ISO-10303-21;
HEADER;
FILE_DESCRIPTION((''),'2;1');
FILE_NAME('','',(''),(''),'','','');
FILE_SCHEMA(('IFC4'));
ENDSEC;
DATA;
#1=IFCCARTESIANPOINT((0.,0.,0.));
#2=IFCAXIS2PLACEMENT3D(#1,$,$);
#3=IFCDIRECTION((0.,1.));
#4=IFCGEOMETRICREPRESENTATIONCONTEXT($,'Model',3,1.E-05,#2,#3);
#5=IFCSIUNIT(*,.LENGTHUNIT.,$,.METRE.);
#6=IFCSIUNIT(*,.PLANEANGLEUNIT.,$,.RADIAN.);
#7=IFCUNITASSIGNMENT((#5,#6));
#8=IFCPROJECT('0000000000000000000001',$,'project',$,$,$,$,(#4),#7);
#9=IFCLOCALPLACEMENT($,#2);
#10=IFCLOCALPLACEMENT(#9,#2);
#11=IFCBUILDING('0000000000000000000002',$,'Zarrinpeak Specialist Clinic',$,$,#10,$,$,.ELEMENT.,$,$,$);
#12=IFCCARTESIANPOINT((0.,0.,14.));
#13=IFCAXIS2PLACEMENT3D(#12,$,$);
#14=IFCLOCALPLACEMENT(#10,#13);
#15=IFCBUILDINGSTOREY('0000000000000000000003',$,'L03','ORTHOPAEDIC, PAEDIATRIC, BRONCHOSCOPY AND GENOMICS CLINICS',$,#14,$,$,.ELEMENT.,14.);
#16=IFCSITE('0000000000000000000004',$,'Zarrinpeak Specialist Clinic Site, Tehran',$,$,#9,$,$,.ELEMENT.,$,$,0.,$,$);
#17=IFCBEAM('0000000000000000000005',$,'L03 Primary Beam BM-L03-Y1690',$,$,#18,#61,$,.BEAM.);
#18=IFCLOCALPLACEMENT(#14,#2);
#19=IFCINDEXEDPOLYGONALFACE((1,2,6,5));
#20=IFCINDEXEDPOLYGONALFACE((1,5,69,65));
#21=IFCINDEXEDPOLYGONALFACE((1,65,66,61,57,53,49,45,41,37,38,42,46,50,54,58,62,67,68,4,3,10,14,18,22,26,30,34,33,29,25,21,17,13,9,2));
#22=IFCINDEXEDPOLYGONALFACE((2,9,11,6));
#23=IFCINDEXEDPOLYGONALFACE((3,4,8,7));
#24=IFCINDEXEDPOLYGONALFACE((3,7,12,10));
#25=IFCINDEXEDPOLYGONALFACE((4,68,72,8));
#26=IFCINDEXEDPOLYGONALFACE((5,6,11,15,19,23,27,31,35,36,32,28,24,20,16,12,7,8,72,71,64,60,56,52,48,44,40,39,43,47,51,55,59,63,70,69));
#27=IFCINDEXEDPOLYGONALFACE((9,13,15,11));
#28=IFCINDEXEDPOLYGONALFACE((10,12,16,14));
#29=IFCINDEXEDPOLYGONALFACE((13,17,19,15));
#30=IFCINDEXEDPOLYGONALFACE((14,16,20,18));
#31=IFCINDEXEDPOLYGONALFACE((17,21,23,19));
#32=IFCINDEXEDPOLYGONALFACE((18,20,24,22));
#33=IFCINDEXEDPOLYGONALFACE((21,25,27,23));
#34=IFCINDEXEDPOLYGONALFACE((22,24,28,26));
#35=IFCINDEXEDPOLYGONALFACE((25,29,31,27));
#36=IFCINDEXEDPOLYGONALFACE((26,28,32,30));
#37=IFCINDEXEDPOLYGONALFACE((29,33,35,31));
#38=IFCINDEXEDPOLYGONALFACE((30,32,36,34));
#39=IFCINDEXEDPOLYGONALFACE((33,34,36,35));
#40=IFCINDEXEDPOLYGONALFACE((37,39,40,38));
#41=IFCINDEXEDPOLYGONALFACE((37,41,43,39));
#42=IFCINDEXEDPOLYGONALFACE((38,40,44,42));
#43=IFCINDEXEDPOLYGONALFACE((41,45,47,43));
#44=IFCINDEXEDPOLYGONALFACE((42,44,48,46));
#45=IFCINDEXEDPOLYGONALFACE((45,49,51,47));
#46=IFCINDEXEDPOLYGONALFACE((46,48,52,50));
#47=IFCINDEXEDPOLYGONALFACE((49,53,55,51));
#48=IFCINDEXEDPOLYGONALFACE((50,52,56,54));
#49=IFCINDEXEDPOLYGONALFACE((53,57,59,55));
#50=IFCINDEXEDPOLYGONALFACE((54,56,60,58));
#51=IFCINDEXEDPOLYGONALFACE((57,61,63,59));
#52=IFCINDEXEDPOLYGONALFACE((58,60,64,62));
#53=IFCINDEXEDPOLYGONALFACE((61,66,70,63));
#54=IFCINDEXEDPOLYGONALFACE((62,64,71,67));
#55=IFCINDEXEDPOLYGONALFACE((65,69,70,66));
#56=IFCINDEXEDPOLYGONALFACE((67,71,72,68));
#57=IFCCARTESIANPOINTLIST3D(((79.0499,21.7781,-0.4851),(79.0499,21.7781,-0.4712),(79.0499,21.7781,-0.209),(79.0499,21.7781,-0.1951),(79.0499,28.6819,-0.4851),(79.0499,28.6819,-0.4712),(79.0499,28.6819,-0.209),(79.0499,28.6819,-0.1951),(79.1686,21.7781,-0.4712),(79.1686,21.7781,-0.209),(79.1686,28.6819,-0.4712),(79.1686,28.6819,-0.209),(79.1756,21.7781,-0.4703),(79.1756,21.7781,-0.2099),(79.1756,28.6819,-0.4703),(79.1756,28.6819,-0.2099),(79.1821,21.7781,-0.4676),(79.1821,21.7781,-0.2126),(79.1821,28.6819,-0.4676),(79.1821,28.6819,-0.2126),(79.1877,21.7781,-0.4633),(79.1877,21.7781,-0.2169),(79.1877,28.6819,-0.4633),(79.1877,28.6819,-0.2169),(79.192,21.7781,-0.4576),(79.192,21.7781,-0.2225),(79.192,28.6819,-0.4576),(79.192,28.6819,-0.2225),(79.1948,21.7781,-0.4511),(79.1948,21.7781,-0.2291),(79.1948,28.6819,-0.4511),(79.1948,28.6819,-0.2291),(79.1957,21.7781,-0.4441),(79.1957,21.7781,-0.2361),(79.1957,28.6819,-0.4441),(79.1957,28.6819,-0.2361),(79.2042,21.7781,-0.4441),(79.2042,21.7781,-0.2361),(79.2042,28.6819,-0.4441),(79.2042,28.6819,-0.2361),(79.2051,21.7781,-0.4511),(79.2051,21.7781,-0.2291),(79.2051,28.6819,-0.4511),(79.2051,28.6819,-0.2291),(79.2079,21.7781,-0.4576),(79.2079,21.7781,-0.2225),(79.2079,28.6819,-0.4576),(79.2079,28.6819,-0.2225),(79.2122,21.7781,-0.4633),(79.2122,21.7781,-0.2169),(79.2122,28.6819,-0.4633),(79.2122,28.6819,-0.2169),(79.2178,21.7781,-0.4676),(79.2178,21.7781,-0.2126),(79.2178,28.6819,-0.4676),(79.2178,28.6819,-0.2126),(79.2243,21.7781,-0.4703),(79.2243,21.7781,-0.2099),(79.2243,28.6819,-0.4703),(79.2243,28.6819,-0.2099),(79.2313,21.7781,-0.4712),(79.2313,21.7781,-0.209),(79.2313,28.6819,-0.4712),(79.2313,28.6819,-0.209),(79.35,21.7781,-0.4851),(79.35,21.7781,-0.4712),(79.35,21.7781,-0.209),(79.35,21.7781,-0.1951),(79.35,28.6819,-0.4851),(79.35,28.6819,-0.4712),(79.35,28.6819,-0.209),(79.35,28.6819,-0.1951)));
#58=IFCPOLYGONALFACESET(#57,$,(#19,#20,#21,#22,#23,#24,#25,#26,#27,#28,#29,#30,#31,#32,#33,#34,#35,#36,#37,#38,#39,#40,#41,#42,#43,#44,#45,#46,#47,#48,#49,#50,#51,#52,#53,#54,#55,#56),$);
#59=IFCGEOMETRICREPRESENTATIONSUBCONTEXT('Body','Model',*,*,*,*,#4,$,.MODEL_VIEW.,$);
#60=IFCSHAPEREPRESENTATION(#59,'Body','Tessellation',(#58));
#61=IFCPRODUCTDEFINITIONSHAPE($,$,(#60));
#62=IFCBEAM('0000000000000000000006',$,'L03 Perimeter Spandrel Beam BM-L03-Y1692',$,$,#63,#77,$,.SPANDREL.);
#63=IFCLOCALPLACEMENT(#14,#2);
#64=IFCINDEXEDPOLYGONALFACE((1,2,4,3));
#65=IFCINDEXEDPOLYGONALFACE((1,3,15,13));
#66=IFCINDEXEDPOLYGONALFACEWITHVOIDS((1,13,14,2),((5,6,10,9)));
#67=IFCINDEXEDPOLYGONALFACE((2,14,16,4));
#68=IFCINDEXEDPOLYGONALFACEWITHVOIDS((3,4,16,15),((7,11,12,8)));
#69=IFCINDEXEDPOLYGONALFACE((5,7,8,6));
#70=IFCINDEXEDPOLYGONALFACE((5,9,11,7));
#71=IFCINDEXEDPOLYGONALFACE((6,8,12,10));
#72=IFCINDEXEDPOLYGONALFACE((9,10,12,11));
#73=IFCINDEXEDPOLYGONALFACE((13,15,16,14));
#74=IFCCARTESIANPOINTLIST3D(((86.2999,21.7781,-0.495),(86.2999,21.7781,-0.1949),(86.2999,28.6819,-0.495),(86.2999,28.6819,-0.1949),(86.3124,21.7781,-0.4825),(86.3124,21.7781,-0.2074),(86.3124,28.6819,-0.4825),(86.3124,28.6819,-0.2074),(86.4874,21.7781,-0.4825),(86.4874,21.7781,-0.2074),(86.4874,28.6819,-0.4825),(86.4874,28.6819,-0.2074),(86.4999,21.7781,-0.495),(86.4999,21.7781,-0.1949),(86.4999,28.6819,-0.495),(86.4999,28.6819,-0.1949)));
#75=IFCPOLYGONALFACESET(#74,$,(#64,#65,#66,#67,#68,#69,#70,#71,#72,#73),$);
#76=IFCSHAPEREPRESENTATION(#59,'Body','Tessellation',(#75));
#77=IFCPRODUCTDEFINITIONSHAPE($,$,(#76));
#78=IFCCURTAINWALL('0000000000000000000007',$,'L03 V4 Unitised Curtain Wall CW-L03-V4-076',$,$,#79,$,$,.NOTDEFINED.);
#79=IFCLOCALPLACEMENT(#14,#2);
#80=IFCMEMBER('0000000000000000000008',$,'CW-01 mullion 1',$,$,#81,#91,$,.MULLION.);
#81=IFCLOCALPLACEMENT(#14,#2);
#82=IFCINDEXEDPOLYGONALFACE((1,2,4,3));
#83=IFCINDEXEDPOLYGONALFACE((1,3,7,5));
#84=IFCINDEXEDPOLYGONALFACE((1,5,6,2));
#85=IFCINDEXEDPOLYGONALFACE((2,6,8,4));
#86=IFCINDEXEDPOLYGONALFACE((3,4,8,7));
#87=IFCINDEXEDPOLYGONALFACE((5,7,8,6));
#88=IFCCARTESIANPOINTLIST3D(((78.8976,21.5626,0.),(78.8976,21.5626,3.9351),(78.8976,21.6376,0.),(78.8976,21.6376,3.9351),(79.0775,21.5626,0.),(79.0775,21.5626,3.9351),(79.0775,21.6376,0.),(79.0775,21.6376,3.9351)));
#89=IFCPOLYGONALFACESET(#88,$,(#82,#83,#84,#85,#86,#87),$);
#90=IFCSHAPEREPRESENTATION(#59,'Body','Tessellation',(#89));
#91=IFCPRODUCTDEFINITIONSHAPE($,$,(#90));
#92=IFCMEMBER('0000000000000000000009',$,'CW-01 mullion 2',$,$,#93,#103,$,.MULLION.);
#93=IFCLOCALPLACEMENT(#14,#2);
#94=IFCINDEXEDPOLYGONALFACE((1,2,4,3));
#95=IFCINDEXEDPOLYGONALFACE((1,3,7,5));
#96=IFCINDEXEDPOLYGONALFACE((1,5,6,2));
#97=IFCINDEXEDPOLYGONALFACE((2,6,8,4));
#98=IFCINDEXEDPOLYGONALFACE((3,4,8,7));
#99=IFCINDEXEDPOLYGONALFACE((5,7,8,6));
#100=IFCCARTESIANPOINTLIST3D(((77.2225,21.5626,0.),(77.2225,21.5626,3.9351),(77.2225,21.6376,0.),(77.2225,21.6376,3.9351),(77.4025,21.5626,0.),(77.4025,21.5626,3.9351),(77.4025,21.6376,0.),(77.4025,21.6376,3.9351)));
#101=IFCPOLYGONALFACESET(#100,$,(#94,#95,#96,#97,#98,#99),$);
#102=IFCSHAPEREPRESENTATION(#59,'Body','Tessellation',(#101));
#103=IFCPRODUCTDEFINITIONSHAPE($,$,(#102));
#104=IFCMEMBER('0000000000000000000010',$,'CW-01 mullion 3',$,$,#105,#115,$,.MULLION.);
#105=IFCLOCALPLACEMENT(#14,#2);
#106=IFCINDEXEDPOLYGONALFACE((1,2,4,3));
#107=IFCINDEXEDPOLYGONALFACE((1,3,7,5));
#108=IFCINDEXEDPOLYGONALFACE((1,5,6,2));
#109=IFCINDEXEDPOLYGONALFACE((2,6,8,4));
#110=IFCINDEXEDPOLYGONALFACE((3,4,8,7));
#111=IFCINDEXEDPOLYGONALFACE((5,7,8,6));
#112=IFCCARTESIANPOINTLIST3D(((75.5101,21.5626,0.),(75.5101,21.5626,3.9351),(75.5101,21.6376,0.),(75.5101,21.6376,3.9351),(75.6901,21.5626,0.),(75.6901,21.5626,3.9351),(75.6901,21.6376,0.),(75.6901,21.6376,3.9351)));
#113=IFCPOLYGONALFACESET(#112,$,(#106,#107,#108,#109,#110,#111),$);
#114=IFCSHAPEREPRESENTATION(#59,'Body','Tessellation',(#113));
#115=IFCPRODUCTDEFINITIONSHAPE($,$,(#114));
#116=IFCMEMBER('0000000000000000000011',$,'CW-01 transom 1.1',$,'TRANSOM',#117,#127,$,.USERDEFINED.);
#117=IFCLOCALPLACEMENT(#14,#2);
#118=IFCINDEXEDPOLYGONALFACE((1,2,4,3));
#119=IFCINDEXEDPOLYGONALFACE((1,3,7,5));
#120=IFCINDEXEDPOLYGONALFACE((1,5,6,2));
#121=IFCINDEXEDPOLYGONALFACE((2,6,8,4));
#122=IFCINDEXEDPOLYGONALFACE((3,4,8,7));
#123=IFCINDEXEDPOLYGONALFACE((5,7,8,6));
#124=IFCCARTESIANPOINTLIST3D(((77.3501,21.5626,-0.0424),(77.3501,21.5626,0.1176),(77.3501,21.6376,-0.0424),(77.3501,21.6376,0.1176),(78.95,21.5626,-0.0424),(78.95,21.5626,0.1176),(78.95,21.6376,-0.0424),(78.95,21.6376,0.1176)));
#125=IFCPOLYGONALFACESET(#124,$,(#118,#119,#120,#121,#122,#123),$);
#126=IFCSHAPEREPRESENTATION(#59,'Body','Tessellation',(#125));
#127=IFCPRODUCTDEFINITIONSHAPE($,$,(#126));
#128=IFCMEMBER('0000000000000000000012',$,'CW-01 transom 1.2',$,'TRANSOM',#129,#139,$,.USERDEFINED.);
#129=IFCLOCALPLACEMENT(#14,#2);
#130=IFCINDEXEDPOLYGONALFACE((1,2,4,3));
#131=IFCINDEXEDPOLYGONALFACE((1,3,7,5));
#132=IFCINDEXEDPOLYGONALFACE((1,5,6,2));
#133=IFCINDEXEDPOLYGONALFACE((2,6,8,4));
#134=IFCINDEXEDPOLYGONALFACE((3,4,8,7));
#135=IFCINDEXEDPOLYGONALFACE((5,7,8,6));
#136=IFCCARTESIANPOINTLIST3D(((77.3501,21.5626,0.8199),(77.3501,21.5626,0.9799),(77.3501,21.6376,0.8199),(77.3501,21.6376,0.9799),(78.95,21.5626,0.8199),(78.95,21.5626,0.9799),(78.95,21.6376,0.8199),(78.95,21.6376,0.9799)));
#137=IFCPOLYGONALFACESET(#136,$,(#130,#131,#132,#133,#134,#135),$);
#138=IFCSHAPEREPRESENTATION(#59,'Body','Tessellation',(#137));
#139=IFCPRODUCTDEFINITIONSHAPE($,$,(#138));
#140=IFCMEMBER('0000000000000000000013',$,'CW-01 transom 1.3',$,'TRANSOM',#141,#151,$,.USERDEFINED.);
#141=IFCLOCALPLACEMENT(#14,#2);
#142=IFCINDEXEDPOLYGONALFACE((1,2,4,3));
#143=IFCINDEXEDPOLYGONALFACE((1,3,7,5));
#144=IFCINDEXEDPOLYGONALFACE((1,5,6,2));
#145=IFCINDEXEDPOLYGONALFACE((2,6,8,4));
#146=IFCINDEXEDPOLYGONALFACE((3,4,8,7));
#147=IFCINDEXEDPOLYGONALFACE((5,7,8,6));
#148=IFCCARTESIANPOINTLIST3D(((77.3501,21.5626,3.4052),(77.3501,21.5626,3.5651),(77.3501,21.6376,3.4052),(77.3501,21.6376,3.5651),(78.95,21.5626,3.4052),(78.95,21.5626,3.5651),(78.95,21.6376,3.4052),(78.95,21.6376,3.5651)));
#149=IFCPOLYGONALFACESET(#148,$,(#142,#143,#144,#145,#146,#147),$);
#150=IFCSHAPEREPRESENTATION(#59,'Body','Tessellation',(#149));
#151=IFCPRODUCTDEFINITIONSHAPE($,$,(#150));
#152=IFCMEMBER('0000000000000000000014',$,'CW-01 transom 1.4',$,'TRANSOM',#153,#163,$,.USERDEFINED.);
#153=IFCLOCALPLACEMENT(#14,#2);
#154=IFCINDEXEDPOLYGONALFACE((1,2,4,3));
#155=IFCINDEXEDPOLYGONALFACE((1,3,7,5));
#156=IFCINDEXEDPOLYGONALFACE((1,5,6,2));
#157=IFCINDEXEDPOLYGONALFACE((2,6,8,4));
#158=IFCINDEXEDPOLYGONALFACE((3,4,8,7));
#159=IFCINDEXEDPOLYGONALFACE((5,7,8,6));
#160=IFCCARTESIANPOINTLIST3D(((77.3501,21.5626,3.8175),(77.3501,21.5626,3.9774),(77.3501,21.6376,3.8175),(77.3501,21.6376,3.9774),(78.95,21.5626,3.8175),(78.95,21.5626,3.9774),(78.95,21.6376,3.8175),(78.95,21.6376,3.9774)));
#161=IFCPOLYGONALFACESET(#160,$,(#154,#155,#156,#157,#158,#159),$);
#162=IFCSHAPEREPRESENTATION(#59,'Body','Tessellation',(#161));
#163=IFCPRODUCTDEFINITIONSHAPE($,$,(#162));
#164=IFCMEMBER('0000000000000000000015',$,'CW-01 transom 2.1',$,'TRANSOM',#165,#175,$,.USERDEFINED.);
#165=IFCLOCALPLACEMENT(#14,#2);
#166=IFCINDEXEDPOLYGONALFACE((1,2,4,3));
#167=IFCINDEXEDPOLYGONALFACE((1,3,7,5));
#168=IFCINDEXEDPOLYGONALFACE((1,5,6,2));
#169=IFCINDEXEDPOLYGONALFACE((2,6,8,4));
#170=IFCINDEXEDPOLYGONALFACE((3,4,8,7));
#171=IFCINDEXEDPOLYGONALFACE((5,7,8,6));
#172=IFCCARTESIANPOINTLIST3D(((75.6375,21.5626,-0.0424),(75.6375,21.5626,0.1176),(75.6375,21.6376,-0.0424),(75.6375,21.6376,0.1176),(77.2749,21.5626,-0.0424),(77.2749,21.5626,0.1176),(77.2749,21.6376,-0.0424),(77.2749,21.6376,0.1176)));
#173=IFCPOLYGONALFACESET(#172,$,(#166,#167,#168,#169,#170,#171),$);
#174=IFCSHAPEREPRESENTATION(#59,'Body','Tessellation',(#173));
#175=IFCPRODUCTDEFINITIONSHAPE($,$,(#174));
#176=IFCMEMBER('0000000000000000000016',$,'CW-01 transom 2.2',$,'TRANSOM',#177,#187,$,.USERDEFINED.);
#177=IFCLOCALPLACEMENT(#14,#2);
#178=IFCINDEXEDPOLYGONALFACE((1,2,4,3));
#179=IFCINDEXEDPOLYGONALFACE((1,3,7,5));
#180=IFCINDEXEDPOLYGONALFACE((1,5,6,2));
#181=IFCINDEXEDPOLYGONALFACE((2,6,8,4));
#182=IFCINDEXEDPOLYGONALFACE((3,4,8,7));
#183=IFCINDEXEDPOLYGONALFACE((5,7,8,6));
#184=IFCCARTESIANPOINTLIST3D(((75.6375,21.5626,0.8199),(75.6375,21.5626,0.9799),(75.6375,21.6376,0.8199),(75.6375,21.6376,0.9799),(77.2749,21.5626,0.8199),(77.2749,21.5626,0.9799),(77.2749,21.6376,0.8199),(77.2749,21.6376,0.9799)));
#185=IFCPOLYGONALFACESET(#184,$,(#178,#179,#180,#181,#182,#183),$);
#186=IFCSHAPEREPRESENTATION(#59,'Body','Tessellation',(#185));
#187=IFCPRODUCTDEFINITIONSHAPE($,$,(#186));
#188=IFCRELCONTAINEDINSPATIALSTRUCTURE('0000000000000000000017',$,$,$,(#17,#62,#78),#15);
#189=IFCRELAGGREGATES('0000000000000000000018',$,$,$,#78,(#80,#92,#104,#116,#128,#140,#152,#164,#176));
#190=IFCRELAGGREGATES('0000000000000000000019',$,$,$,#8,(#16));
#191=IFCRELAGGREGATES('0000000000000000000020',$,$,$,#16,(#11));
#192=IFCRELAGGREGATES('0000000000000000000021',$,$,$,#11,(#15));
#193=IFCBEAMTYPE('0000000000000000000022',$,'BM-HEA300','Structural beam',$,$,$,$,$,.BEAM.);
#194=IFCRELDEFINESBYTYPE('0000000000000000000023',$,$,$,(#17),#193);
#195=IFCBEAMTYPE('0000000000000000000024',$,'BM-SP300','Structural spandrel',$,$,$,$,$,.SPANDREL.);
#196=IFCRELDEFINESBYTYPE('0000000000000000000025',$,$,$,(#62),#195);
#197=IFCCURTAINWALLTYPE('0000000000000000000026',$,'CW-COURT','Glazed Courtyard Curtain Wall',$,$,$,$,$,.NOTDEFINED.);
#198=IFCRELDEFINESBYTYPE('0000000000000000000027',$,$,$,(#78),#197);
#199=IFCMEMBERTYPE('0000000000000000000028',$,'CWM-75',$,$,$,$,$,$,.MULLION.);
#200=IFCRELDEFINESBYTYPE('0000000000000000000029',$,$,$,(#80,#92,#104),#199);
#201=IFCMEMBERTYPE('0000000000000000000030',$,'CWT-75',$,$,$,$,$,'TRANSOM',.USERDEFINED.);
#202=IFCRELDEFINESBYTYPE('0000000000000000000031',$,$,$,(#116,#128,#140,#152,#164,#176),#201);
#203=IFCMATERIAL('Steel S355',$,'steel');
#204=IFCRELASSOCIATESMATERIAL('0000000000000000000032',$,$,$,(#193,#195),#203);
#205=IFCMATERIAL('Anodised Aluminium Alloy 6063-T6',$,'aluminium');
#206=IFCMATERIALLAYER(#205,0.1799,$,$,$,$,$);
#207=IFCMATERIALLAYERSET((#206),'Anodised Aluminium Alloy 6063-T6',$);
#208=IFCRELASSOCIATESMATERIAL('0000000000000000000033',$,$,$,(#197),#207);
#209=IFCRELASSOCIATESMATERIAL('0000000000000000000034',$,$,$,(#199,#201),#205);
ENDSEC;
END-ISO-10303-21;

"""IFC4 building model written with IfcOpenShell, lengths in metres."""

from ifc_helpers import new_model, si_unit, direction, frame, origin, origin_2d, place, context, subcontext, project, spatial, rectangle, hollow_rectangle, i_section, extrude, material, layer, layer_set, material_profile, profile_set, type_object, element, aggregate, save


model = new_model("IFC4")

# Units and contexts
model_context = context("Model", 3, precision=1e-05, world=origin(), true_north=direction((0.0, 1.0)))
body_context = subcontext(model_context, "Body", "Model", "MODEL_VIEW")
ifc_project = project(units=[si_unit("LENGTHUNIT", "METRE"), si_unit("PLANEANGLEUNIT", "RADIAN")], contexts=[model_context])

# Site, building, storey
site_placement = place(None, origin())
site = spatial("IfcSite", under=ifc_project, at=site_placement, Name="Zarrinpeak Specialist Clinic Site, Tehran", CompositionType="ELEMENT", RefElevation=0.0)
building_placement = place(site_placement, origin())
building = spatial("IfcBuilding", under=site, at=building_placement, Name="Zarrinpeak Specialist Clinic", CompositionType="ELEMENT")
storey_placement = place(building_placement, frame((0.0, 0.0, 14.0)))
storey = spatial("IfcBuildingStorey", under=building, at=storey_placement, Name="L03", Description="ORTHOPAEDIC, PAEDIATRIC, BRONCHOSCOPY AND GENOMICS CLINICS", CompositionType="ELEMENT", Elevation=14.0)

# Shared definitions
ifc_material_1 = material(Name="Steel S355", Category="steel")

# Beams
ifc_material_profile_1 = material_profile(ifc_material_1, i_section(OverallWidth=0.3, OverallDepth=0.29, WebThickness=0.0085, FlangeThickness=0.0139, FilletRadius=0.0271, at=origin_2d()), Name="HEA 300")
ifc_profile_set_1 = profile_set([ifc_material_profile_1], Name="Steel S355")
beam_type_1 = type_object("IfcBeamType", Name="BM-HEA300", Description="Structural beam", PredefinedType="BEAM", material=ifc_profile_set_1)
beam_1_placement = place(storey_placement, frame((79.2, 21.7781, -0.3401), z_axis=(0.0, 1.0, 0.0), x_axis=(-1.0, 0.0, 0.0)))
element("IfcBeam", 1, at=beam_1_placement, inside=storey, type_object=beam_type_1, Name="L03 Primary Beam BM-L03-Y1690", PredefinedType="BEAM", context=body_context, shape_type="SweptSolid", body=[
    extrude(i_section(OverallWidth=0.3, OverallDepth=0.29, WebThickness=0.0085, FlangeThickness=0.0139, FilletRadius=0.0271, at=origin_2d()), origin(), (0.0, 0.0, 1.0), 6.9038),
])
ifc_material_profile_2 = material_profile(ifc_material_1, hollow_rectangle(XDim=0.2, YDim=0.3, WallThickness=0.0125, at=origin_2d()), Name="RHS 300x200x12.5")
ifc_profile_set_2 = profile_set([ifc_material_profile_2], Name="Steel S355")
beam_type_2 = type_object("IfcBeamType", Name="BM-SP300", Description="Structural spandrel", PredefinedType="SPANDREL", material=ifc_profile_set_2)
beam_2_placement = place(storey_placement, frame((86.3999, 21.7781, -0.345), z_axis=(0.0, 1.0, 0.0), x_axis=(-1.0, 0.0, 0.0)))
element("IfcBeam", 2, at=beam_2_placement, inside=storey, type_object=beam_type_2, Name="L03 Perimeter Spandrel Beam BM-L03-Y1692", PredefinedType="SPANDREL", context=body_context, shape_type="SweptSolid", body=[
    extrude(hollow_rectangle(XDim=0.2, YDim=0.3, WallThickness=0.0125, at=origin_2d()), origin(), (0.0, 0.0, 1.0), 6.9038),
])

# Curtain wall, members
ifc_material_2 = material(Name="Anodised Aluminium Alloy 6063-T6", Category="aluminium")
ifc_layer_1 = layer(ifc_material_2, 0.1799)
ifc_layer_set_1 = layer_set([ifc_layer_1], Name="Anodised Aluminium Alloy 6063-T6")
curtain_wall_type = type_object("IfcCurtainWallType", Name="CW-COURT", Description="Glazed Courtyard Curtain Wall", PredefinedType="NOTDEFINED", material=ifc_layer_set_1)
curtain_wall_placement = place(storey_placement, origin())
curtain_wall = element("IfcCurtainWall", 3, at=curtain_wall_placement, inside=storey, type_object=curtain_wall_type, Name="L03 V4 Unitised Curtain Wall CW-L03-V4-076", PredefinedType="NOTDEFINED")
ifc_material_profile_3 = material_profile(ifc_material_2, rectangle(XDim=0.075, YDim=0.1799, at=origin_2d()), Name="ALU 75x180")
ifc_profile_set_3 = profile_set([ifc_material_profile_3], Name="Anodised Aluminium Alloy 6063-T6")
member_type_1 = type_object("IfcMemberType", Name="CWM-75", PredefinedType="MULLION", material=ifc_profile_set_3)
member_1_placement = place(storey_placement, frame((78.9875, 21.6001, 0.0), z_axis=(0.0, 0.0, 1.0), x_axis=(0.0, -1.0, 0.0)))
member_1 = element("IfcMember", 4, at=member_1_placement, type_object=member_type_1, Name="CW-01 mullion 1", PredefinedType="MULLION", context=body_context, shape_type="SweptSolid", body=[
    extrude(rectangle(XDim=0.075, YDim=0.1799, at=origin_2d()), origin(), (0.0, 0.0, 1.0), 3.9351),
])
member_2_placement = place(storey_placement, frame((77.3125, 21.6001, 0.0), z_axis=(0.0, 0.0, 1.0), x_axis=(0.0, -1.0, 0.0)))
member_2 = element("IfcMember", 5, at=member_2_placement, type_object=member_type_1, Name="CW-01 mullion 2", PredefinedType="MULLION", context=body_context, shape_type="SweptSolid", body=[
    extrude(rectangle(XDim=0.075, YDim=0.1799, at=origin_2d()), origin(), (0.0, 0.0, 1.0), 3.9351),
])
member_3_placement = place(storey_placement, frame((75.6001, 21.6001, 0.0), z_axis=(0.0, 0.0, 1.0), x_axis=(0.0, -1.0, 0.0)))
member_3 = element("IfcMember", 6, at=member_3_placement, type_object=member_type_1, Name="CW-01 mullion 3", PredefinedType="MULLION", context=body_context, shape_type="SweptSolid", body=[
    extrude(rectangle(XDim=0.075, YDim=0.1799, at=origin_2d()), origin(), (0.0, 0.0, 1.0), 3.9351),
])
ifc_material_profile_4 = material_profile(ifc_material_2, rectangle(XDim=0.075, YDim=0.1599, at=origin_2d()), Name="ALU 75x160")
ifc_profile_set_4 = profile_set([ifc_material_profile_4], Name="Anodised Aluminium Alloy 6063-T6")
member_type_2 = type_object("IfcMemberType", Name="CWT-75", ElementType="TRANSOM", PredefinedType="USERDEFINED", material=ifc_profile_set_4)
member_4_placement = place(storey_placement, frame((78.95, 21.6001, 0.0376), z_axis=(-1.0, 0.0, 0.0), x_axis=(0.0, -1.0, 0.0)))
member_4 = element("IfcMember", 7, at=member_4_placement, type_object=member_type_2, Name="CW-01 transom 1.1", ObjectType="TRANSOM", PredefinedType="USERDEFINED", context=body_context, shape_type="SweptSolid", body=[
    extrude(rectangle(XDim=0.075, YDim=0.1599, at=origin_2d()), origin(), (0.0, 0.0, 1.0), 1.5999),
])
member_5_placement = place(storey_placement, frame((78.95, 21.6001, 0.8999), z_axis=(-1.0, 0.0, 0.0), x_axis=(0.0, -1.0, 0.0)))
member_5 = element("IfcMember", 8, at=member_5_placement, type_object=member_type_2, Name="CW-01 transom 1.2", ObjectType="TRANSOM", PredefinedType="USERDEFINED", context=body_context, shape_type="SweptSolid", body=[
    extrude(rectangle(XDim=0.075, YDim=0.1599, at=origin_2d()), origin(), (0.0, 0.0, 1.0), 1.5999),
])
member_6_placement = place(storey_placement, frame((78.95, 21.6001, 3.4851), z_axis=(-1.0, 0.0, 0.0), x_axis=(0.0, -1.0, 0.0)))
member_6 = element("IfcMember", 9, at=member_6_placement, type_object=member_type_2, Name="CW-01 transom 1.3", ObjectType="TRANSOM", PredefinedType="USERDEFINED", context=body_context, shape_type="SweptSolid", body=[
    extrude(rectangle(XDim=0.075, YDim=0.1599, at=origin_2d()), origin(), (0.0, 0.0, 1.0), 1.5999),
])
member_7_placement = place(storey_placement, frame((78.95, 21.6001, 3.8975), z_axis=(-1.0, 0.0, 0.0), x_axis=(0.0, -1.0, 0.0)))
member_7 = element("IfcMember", 10, at=member_7_placement, type_object=member_type_2, Name="CW-01 transom 1.4", ObjectType="TRANSOM", PredefinedType="USERDEFINED", context=body_context, shape_type="SweptSolid", body=[
    extrude(rectangle(XDim=0.075, YDim=0.1599, at=origin_2d()), origin(), (0.0, 0.0, 1.0), 1.5999),
])
member_8_placement = place(storey_placement, frame((77.2749, 21.6001, 0.0376), z_axis=(-1.0, 0.0, 0.0), x_axis=(0.0, -1.0, 0.0)))
member_8 = element("IfcMember", 11, at=member_8_placement, type_object=member_type_2, Name="CW-01 transom 2.1", ObjectType="TRANSOM", PredefinedType="USERDEFINED", context=body_context, shape_type="SweptSolid", body=[
    extrude(rectangle(XDim=0.075, YDim=0.1599, at=origin_2d()), origin(), (0.0, 0.0, 1.0), 1.6375),
])
member_9_placement = place(storey_placement, frame((77.2749, 21.6001, 0.8999), z_axis=(-1.0, 0.0, 0.0), x_axis=(0.0, -1.0, 0.0)))
member_9 = element("IfcMember", 12, at=member_9_placement, type_object=member_type_2, Name="CW-01 transom 2.2", ObjectType="TRANSOM", PredefinedType="USERDEFINED", context=body_context, shape_type="SweptSolid", body=[
    extrude(rectangle(XDim=0.075, YDim=0.1599, at=origin_2d()), origin(), (0.0, 0.0, 1.0), 1.6375),
])
aggregate(curtain_wall, [member_1, member_2, member_3, member_4, member_5, member_6, member_7, member_8, member_9])

save(model, "model.ifc")
